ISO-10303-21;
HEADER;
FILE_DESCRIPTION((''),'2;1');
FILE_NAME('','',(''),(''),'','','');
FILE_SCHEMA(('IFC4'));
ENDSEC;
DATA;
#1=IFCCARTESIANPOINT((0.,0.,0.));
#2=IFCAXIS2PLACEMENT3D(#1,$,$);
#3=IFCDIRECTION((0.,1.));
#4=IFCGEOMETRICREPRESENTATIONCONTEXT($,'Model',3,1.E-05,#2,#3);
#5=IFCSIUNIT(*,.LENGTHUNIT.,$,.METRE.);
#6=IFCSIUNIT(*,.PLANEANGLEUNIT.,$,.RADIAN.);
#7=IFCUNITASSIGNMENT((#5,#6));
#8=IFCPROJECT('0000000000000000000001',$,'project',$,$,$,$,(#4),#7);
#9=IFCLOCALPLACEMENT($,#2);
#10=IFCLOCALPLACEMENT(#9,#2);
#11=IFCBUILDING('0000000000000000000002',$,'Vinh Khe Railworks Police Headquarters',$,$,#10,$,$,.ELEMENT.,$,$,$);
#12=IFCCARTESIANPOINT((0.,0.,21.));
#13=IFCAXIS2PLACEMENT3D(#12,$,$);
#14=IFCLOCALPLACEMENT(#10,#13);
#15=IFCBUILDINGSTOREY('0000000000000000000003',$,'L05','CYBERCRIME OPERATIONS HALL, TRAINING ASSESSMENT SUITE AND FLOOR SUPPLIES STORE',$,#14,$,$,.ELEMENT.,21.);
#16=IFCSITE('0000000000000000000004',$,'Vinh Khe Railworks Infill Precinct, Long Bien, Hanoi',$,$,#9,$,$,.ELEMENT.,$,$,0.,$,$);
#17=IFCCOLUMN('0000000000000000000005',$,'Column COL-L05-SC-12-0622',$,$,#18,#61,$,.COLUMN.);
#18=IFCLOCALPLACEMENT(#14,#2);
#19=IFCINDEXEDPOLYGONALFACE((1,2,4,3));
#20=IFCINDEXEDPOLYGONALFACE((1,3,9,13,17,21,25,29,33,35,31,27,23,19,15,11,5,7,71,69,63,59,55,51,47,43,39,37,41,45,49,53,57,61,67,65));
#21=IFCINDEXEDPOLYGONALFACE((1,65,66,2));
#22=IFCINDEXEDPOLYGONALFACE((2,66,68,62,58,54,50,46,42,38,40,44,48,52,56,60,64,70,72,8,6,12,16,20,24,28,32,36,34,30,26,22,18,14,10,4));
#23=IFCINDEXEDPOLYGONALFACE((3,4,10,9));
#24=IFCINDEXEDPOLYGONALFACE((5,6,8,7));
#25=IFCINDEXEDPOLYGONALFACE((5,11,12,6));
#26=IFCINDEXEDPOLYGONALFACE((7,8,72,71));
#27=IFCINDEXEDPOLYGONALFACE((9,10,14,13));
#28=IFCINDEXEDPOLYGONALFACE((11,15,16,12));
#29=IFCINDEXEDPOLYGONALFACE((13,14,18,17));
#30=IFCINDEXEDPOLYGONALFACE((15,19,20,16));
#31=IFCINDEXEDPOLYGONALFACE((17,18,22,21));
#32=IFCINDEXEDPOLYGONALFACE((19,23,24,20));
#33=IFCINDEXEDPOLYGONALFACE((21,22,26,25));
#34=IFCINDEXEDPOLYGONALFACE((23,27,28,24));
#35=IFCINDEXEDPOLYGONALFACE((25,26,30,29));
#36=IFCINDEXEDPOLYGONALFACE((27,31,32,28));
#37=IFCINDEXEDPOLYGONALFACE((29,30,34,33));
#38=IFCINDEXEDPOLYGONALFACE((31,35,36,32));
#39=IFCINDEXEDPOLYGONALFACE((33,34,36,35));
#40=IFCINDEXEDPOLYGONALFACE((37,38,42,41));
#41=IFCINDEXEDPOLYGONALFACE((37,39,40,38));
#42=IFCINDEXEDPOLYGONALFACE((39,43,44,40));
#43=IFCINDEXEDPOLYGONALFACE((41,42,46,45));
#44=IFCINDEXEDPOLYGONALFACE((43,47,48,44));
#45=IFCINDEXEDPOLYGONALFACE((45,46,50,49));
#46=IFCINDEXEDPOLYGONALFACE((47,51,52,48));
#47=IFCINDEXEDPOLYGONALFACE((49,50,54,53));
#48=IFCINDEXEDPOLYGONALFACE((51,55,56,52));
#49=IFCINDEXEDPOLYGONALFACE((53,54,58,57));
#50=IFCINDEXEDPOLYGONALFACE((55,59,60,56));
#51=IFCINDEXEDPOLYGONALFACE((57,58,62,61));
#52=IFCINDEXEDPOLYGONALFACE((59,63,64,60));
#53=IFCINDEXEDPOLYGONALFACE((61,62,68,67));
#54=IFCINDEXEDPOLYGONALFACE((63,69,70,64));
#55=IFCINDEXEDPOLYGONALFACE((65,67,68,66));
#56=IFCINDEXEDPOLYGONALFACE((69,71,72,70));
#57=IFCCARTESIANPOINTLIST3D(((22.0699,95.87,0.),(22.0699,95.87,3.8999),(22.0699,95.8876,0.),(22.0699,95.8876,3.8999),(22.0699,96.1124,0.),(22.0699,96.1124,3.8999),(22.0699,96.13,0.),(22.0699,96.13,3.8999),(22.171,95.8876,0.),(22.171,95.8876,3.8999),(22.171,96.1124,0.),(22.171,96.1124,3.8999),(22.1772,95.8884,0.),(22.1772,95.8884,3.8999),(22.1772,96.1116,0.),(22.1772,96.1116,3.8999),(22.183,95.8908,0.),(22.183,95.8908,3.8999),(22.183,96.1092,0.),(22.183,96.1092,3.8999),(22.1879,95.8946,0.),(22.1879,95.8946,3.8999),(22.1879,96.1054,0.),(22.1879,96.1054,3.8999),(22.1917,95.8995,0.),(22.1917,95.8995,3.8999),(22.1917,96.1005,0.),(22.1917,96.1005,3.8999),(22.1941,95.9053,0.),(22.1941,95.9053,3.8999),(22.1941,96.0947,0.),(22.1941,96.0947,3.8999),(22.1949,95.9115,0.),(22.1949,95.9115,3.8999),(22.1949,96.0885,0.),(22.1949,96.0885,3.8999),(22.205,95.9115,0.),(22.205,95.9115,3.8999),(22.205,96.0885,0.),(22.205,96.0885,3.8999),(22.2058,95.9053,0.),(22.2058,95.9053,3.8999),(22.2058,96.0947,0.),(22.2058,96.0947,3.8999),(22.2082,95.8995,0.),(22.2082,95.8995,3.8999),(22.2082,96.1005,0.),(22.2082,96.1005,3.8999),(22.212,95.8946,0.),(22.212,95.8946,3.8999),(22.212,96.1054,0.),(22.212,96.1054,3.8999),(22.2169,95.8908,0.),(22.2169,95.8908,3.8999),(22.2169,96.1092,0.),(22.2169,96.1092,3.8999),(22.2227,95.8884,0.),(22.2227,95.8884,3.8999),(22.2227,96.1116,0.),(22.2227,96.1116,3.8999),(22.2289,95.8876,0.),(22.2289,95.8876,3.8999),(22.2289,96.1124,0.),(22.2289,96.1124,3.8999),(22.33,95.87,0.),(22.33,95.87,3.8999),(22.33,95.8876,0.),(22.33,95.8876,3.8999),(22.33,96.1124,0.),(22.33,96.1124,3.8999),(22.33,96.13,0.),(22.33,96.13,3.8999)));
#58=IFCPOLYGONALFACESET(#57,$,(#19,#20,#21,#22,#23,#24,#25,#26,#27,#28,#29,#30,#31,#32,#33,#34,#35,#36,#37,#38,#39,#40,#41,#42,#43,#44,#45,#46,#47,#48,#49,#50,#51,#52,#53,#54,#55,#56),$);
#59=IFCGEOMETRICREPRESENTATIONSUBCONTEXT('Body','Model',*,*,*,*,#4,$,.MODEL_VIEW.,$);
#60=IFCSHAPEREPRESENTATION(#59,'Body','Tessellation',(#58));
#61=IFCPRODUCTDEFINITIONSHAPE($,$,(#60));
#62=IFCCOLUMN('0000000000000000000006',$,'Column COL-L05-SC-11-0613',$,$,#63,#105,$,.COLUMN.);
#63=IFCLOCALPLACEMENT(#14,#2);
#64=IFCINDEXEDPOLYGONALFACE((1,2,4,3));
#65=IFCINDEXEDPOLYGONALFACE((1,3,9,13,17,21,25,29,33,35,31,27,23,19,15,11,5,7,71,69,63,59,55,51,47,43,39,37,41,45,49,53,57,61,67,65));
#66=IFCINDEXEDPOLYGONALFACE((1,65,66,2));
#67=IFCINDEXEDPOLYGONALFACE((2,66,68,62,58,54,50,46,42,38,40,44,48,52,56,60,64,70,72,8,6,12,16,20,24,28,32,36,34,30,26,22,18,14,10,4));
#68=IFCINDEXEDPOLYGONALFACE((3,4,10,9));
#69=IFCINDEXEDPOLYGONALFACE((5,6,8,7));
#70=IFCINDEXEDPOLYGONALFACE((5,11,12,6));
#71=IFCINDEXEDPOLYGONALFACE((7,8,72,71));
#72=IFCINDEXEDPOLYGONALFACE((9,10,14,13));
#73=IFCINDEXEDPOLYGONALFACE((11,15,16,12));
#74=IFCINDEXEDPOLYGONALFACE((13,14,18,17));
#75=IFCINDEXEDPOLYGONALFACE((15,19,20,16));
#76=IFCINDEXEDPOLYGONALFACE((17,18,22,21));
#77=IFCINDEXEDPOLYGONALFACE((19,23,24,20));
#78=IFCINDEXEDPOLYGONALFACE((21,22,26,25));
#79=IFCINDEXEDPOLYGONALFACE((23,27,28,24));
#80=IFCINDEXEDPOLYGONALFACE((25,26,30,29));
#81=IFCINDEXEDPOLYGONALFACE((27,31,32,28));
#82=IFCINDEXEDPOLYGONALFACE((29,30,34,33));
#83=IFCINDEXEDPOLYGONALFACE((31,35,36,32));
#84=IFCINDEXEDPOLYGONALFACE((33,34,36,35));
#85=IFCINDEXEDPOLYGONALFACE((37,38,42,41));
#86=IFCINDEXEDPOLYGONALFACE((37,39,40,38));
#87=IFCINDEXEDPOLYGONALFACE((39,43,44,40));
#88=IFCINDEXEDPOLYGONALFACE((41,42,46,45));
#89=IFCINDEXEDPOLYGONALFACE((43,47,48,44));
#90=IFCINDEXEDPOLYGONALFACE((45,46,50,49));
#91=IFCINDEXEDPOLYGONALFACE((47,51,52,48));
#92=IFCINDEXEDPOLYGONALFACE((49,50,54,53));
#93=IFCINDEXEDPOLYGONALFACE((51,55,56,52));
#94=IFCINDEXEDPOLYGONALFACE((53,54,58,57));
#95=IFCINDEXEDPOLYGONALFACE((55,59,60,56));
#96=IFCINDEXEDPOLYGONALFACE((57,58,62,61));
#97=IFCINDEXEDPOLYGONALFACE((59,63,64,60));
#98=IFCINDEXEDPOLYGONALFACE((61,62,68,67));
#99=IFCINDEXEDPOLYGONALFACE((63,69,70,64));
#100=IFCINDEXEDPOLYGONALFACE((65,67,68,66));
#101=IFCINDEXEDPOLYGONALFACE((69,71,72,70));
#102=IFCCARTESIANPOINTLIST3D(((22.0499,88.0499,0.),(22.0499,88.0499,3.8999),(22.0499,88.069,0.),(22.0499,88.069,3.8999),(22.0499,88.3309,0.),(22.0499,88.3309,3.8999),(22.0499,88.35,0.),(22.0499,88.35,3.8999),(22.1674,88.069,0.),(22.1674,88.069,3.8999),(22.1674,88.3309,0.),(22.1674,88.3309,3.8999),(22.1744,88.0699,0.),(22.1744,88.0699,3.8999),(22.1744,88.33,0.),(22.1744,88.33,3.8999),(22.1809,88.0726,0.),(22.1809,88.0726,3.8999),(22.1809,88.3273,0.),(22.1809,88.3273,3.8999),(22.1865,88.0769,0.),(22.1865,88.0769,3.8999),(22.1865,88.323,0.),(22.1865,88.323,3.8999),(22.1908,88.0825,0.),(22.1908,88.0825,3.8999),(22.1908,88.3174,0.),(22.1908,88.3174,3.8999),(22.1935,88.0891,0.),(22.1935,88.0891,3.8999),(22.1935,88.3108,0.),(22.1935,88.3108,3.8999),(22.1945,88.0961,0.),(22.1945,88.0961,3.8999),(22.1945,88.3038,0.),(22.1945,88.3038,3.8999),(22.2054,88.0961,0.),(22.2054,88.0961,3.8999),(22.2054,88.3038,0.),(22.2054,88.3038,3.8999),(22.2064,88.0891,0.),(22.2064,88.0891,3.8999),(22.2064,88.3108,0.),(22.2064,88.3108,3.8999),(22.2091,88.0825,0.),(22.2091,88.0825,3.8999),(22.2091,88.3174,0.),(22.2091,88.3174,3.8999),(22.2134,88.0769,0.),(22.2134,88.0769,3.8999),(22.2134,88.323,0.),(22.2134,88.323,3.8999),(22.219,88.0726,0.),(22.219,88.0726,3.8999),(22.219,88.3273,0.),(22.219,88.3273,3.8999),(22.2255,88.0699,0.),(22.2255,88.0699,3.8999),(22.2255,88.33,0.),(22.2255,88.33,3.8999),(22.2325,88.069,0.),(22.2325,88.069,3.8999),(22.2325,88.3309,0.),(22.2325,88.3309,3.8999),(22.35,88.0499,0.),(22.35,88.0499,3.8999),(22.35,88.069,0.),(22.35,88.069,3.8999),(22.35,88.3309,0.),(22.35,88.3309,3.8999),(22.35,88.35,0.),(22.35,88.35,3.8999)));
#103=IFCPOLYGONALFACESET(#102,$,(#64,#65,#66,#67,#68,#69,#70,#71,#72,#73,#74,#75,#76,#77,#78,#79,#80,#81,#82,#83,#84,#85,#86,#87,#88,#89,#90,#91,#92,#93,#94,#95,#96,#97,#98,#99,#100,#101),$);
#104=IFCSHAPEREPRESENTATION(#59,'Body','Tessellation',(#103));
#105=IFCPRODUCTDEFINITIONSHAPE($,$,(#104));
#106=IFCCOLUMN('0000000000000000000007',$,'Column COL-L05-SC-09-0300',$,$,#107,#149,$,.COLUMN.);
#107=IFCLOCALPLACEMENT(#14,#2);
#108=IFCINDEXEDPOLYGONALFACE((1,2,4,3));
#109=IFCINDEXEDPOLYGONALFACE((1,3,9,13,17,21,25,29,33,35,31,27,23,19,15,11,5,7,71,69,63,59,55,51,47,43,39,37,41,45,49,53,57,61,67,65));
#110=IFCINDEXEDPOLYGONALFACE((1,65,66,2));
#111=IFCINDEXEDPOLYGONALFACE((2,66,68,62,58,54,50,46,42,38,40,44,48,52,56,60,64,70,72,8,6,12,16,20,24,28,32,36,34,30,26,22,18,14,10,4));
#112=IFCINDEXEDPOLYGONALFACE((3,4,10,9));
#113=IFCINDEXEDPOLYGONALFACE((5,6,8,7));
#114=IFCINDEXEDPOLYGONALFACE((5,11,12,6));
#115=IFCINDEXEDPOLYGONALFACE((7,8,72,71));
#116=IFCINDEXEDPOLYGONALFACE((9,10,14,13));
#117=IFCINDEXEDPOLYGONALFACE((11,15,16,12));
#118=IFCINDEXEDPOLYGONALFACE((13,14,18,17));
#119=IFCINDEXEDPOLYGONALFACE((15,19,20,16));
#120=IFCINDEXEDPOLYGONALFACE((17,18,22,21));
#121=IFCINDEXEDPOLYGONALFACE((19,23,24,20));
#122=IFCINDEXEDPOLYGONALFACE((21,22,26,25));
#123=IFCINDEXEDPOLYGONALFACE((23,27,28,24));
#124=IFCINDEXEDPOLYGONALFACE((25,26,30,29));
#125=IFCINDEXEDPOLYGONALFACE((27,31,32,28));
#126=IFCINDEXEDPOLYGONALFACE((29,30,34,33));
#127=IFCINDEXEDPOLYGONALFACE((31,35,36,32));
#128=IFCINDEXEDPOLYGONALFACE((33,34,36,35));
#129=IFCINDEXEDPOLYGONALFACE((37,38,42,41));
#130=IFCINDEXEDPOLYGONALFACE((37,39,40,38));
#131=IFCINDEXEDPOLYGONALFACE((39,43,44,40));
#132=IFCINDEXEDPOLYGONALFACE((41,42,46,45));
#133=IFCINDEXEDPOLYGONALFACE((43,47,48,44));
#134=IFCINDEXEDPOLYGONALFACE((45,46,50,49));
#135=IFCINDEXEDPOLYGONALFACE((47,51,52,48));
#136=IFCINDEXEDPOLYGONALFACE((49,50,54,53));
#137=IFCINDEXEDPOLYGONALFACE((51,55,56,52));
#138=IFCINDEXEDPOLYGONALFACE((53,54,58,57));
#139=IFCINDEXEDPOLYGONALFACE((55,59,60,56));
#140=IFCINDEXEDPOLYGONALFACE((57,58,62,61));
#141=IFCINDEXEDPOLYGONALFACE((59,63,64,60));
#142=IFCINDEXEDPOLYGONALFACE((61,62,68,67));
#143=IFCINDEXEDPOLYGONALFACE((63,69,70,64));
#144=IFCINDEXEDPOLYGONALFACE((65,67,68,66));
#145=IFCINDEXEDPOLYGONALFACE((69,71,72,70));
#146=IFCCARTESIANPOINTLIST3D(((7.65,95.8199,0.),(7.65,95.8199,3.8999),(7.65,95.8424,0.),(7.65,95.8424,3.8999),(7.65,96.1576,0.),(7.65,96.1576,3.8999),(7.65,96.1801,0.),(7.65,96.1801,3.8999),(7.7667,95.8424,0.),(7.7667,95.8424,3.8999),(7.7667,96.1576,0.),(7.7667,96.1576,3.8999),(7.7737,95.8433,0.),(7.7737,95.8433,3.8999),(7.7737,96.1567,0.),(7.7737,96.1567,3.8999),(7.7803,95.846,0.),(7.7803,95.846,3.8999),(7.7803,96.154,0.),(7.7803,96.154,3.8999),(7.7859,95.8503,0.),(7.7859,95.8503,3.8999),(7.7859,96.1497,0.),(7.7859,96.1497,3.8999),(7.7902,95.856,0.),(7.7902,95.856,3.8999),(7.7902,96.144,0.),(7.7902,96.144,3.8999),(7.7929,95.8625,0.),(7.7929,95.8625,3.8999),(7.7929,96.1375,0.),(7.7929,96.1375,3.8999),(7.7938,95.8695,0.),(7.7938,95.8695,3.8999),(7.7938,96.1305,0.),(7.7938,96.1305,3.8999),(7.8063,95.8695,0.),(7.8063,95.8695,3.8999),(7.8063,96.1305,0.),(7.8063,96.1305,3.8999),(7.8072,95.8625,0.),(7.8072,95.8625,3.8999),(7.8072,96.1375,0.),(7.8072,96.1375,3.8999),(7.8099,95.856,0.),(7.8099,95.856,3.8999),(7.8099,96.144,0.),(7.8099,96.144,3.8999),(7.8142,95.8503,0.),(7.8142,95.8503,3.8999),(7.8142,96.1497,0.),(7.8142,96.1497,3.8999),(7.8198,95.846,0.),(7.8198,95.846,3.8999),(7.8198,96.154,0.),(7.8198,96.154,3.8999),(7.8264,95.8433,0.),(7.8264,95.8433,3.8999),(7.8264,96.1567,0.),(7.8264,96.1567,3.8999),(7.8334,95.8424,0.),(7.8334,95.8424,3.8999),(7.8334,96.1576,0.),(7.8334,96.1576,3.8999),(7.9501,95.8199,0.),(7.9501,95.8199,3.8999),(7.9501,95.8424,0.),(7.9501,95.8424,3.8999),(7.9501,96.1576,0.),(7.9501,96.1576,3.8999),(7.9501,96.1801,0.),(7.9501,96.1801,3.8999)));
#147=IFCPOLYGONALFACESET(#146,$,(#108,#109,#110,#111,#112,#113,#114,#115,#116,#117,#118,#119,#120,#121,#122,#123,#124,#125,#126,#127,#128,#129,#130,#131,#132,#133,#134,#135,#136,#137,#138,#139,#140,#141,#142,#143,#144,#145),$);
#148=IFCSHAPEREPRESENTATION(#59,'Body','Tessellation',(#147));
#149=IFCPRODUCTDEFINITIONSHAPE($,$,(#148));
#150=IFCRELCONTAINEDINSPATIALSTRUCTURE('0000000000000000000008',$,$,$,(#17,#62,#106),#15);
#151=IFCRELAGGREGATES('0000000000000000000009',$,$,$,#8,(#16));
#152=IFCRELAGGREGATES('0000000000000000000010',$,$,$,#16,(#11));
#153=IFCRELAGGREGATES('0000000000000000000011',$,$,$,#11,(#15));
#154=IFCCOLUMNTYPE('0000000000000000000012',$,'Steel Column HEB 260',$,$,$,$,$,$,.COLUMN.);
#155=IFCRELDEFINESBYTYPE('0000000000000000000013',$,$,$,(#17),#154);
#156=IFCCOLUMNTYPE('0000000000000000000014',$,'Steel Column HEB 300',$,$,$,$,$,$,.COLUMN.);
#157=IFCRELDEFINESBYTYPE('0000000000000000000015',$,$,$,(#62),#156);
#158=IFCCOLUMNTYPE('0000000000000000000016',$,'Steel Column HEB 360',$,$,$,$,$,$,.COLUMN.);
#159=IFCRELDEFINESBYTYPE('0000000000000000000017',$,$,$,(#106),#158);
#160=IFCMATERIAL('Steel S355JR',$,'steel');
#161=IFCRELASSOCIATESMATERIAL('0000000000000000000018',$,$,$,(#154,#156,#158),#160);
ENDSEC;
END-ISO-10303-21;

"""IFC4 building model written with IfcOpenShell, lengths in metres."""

from ifc_helpers import new_model, si_unit, direction, frame, origin, origin_2d, place, context, subcontext, project, spatial, i_section, extrude, material, material_profile, profile_set, type_object, element, save


model = new_model("IFC4")

# Units and contexts
model_context = context("Model", 3, precision=1e-05, world=origin(), true_north=direction((0.0, 1.0)))
body_context = subcontext(model_context, "Body", "Model", "MODEL_VIEW")
ifc_project = project(units=[si_unit("LENGTHUNIT", "METRE"), si_unit("PLANEANGLEUNIT", "RADIAN")], contexts=[model_context])

# Site, building, storey
site_placement = place(None, origin())
site = spatial("IfcSite", under=ifc_project, at=site_placement, Name="Vinh Khe Railworks Infill Precinct, Long Bien, Hanoi", CompositionType="ELEMENT", RefElevation=0.0)
building_placement = place(site_placement, origin())
building = spatial("IfcBuilding", under=site, at=building_placement, Name="Vinh Khe Railworks Police Headquarters", CompositionType="ELEMENT")
storey_placement = place(building_placement, frame((0.0, 0.0, 21.0)))
storey = spatial("IfcBuildingStorey", under=building, at=storey_placement, Name="L05", Description="CYBERCRIME OPERATIONS HALL, TRAINING ASSESSMENT SUITE AND FLOOR SUPPLIES STORE", CompositionType="ELEMENT", Elevation=21.0)

# Columns
ifc_material_1 = material(Name="Steel S355JR", Category="steel")
ifc_material_profile_1 = material_profile(ifc_material_1, i_section(OverallWidth=0.26, OverallDepth=0.26, WebThickness=0.01, FlangeThickness=0.0176, FilletRadius=0.0239, at=origin_2d()), Name="HEB 260")
ifc_profile_set_1 = profile_set([ifc_material_profile_1], Name="Steel S355JR")
column_type_1 = type_object("IfcColumnType", Name="Steel Column HEB 260", PredefinedType="COLUMN", material=ifc_profile_set_1)
column_1_placement = place(storey_placement, frame((22.2, 96.0, 0.0), z_axis=(0.0, 0.0, 1.0), x_axis=(1.0, 0.0, 0.0)))
element("IfcColumn", 1, at=column_1_placement, inside=storey, type_object=column_type_1, Name="Column COL-L05-SC-12-0622", PredefinedType="COLUMN", context=body_context, shape_type="SweptSolid", body=[
    extrude(i_section(OverallWidth=0.26, OverallDepth=0.26, WebThickness=0.01, FlangeThickness=0.0176, FilletRadius=0.0239, at=origin_2d()), origin(), (0.0, 0.0, 1.0), 3.8999),
])
ifc_material_profile_2 = material_profile(ifc_material_1, i_section(OverallWidth=0.3, OverallDepth=0.3, WebThickness=0.011, FlangeThickness=0.019, FilletRadius=0.0271, at=origin_2d()), Name="HEB 300")
ifc_profile_set_2 = profile_set([ifc_material_profile_2], Name="Steel S355JR")
column_type_2 = type_object("IfcColumnType", Name="Steel Column HEB 300", PredefinedType="COLUMN", material=ifc_profile_set_2)
column_2_placement = place(storey_placement, frame((22.2, 88.2, 0.0), z_axis=(0.0, 0.0, 1.0), x_axis=(1.0, 0.0, 0.0)))
element("IfcColumn", 2, at=column_2_placement, inside=storey, type_object=column_type_2, Name="Column COL-L05-SC-11-0613", PredefinedType="COLUMN", context=body_context, shape_type="SweptSolid", body=[
    extrude(i_section(OverallWidth=0.3, OverallDepth=0.3, WebThickness=0.011, FlangeThickness=0.019, FilletRadius=0.0271, at=origin_2d()), origin(), (0.0, 0.0, 1.0), 3.8999),
])
ifc_material_profile_3 = material_profile(ifc_material_1, i_section(OverallWidth=0.3, OverallDepth=0.3601, WebThickness=0.0125, FlangeThickness=0.0225, FilletRadius=0.0271, at=origin_2d()), Name="HEB 360")
ifc_profile_set_3 = profile_set([ifc_material_profile_3], Name="Steel S355JR")
column_type_3 = type_object("IfcColumnType", Name="Steel Column HEB 360", PredefinedType="COLUMN", material=ifc_profile_set_3)
column_3_placement = place(storey_placement, frame((7.8, 96.0, 0.0), z_axis=(0.0, 0.0, 1.0), x_axis=(1.0, 0.0, 0.0)))
element("IfcColumn", 3, at=column_3_placement, inside=storey, type_object=column_type_3, Name="Column COL-L05-SC-09-0300", PredefinedType="COLUMN", context=body_context, shape_type="SweptSolid", body=[
    extrude(i_section(OverallWidth=0.3, OverallDepth=0.3601, WebThickness=0.0125, FlangeThickness=0.0225, FilletRadius=0.0271, at=origin_2d()), origin(), (0.0, 0.0, 1.0), 3.8999),
])

save(model, "model.ifc")
